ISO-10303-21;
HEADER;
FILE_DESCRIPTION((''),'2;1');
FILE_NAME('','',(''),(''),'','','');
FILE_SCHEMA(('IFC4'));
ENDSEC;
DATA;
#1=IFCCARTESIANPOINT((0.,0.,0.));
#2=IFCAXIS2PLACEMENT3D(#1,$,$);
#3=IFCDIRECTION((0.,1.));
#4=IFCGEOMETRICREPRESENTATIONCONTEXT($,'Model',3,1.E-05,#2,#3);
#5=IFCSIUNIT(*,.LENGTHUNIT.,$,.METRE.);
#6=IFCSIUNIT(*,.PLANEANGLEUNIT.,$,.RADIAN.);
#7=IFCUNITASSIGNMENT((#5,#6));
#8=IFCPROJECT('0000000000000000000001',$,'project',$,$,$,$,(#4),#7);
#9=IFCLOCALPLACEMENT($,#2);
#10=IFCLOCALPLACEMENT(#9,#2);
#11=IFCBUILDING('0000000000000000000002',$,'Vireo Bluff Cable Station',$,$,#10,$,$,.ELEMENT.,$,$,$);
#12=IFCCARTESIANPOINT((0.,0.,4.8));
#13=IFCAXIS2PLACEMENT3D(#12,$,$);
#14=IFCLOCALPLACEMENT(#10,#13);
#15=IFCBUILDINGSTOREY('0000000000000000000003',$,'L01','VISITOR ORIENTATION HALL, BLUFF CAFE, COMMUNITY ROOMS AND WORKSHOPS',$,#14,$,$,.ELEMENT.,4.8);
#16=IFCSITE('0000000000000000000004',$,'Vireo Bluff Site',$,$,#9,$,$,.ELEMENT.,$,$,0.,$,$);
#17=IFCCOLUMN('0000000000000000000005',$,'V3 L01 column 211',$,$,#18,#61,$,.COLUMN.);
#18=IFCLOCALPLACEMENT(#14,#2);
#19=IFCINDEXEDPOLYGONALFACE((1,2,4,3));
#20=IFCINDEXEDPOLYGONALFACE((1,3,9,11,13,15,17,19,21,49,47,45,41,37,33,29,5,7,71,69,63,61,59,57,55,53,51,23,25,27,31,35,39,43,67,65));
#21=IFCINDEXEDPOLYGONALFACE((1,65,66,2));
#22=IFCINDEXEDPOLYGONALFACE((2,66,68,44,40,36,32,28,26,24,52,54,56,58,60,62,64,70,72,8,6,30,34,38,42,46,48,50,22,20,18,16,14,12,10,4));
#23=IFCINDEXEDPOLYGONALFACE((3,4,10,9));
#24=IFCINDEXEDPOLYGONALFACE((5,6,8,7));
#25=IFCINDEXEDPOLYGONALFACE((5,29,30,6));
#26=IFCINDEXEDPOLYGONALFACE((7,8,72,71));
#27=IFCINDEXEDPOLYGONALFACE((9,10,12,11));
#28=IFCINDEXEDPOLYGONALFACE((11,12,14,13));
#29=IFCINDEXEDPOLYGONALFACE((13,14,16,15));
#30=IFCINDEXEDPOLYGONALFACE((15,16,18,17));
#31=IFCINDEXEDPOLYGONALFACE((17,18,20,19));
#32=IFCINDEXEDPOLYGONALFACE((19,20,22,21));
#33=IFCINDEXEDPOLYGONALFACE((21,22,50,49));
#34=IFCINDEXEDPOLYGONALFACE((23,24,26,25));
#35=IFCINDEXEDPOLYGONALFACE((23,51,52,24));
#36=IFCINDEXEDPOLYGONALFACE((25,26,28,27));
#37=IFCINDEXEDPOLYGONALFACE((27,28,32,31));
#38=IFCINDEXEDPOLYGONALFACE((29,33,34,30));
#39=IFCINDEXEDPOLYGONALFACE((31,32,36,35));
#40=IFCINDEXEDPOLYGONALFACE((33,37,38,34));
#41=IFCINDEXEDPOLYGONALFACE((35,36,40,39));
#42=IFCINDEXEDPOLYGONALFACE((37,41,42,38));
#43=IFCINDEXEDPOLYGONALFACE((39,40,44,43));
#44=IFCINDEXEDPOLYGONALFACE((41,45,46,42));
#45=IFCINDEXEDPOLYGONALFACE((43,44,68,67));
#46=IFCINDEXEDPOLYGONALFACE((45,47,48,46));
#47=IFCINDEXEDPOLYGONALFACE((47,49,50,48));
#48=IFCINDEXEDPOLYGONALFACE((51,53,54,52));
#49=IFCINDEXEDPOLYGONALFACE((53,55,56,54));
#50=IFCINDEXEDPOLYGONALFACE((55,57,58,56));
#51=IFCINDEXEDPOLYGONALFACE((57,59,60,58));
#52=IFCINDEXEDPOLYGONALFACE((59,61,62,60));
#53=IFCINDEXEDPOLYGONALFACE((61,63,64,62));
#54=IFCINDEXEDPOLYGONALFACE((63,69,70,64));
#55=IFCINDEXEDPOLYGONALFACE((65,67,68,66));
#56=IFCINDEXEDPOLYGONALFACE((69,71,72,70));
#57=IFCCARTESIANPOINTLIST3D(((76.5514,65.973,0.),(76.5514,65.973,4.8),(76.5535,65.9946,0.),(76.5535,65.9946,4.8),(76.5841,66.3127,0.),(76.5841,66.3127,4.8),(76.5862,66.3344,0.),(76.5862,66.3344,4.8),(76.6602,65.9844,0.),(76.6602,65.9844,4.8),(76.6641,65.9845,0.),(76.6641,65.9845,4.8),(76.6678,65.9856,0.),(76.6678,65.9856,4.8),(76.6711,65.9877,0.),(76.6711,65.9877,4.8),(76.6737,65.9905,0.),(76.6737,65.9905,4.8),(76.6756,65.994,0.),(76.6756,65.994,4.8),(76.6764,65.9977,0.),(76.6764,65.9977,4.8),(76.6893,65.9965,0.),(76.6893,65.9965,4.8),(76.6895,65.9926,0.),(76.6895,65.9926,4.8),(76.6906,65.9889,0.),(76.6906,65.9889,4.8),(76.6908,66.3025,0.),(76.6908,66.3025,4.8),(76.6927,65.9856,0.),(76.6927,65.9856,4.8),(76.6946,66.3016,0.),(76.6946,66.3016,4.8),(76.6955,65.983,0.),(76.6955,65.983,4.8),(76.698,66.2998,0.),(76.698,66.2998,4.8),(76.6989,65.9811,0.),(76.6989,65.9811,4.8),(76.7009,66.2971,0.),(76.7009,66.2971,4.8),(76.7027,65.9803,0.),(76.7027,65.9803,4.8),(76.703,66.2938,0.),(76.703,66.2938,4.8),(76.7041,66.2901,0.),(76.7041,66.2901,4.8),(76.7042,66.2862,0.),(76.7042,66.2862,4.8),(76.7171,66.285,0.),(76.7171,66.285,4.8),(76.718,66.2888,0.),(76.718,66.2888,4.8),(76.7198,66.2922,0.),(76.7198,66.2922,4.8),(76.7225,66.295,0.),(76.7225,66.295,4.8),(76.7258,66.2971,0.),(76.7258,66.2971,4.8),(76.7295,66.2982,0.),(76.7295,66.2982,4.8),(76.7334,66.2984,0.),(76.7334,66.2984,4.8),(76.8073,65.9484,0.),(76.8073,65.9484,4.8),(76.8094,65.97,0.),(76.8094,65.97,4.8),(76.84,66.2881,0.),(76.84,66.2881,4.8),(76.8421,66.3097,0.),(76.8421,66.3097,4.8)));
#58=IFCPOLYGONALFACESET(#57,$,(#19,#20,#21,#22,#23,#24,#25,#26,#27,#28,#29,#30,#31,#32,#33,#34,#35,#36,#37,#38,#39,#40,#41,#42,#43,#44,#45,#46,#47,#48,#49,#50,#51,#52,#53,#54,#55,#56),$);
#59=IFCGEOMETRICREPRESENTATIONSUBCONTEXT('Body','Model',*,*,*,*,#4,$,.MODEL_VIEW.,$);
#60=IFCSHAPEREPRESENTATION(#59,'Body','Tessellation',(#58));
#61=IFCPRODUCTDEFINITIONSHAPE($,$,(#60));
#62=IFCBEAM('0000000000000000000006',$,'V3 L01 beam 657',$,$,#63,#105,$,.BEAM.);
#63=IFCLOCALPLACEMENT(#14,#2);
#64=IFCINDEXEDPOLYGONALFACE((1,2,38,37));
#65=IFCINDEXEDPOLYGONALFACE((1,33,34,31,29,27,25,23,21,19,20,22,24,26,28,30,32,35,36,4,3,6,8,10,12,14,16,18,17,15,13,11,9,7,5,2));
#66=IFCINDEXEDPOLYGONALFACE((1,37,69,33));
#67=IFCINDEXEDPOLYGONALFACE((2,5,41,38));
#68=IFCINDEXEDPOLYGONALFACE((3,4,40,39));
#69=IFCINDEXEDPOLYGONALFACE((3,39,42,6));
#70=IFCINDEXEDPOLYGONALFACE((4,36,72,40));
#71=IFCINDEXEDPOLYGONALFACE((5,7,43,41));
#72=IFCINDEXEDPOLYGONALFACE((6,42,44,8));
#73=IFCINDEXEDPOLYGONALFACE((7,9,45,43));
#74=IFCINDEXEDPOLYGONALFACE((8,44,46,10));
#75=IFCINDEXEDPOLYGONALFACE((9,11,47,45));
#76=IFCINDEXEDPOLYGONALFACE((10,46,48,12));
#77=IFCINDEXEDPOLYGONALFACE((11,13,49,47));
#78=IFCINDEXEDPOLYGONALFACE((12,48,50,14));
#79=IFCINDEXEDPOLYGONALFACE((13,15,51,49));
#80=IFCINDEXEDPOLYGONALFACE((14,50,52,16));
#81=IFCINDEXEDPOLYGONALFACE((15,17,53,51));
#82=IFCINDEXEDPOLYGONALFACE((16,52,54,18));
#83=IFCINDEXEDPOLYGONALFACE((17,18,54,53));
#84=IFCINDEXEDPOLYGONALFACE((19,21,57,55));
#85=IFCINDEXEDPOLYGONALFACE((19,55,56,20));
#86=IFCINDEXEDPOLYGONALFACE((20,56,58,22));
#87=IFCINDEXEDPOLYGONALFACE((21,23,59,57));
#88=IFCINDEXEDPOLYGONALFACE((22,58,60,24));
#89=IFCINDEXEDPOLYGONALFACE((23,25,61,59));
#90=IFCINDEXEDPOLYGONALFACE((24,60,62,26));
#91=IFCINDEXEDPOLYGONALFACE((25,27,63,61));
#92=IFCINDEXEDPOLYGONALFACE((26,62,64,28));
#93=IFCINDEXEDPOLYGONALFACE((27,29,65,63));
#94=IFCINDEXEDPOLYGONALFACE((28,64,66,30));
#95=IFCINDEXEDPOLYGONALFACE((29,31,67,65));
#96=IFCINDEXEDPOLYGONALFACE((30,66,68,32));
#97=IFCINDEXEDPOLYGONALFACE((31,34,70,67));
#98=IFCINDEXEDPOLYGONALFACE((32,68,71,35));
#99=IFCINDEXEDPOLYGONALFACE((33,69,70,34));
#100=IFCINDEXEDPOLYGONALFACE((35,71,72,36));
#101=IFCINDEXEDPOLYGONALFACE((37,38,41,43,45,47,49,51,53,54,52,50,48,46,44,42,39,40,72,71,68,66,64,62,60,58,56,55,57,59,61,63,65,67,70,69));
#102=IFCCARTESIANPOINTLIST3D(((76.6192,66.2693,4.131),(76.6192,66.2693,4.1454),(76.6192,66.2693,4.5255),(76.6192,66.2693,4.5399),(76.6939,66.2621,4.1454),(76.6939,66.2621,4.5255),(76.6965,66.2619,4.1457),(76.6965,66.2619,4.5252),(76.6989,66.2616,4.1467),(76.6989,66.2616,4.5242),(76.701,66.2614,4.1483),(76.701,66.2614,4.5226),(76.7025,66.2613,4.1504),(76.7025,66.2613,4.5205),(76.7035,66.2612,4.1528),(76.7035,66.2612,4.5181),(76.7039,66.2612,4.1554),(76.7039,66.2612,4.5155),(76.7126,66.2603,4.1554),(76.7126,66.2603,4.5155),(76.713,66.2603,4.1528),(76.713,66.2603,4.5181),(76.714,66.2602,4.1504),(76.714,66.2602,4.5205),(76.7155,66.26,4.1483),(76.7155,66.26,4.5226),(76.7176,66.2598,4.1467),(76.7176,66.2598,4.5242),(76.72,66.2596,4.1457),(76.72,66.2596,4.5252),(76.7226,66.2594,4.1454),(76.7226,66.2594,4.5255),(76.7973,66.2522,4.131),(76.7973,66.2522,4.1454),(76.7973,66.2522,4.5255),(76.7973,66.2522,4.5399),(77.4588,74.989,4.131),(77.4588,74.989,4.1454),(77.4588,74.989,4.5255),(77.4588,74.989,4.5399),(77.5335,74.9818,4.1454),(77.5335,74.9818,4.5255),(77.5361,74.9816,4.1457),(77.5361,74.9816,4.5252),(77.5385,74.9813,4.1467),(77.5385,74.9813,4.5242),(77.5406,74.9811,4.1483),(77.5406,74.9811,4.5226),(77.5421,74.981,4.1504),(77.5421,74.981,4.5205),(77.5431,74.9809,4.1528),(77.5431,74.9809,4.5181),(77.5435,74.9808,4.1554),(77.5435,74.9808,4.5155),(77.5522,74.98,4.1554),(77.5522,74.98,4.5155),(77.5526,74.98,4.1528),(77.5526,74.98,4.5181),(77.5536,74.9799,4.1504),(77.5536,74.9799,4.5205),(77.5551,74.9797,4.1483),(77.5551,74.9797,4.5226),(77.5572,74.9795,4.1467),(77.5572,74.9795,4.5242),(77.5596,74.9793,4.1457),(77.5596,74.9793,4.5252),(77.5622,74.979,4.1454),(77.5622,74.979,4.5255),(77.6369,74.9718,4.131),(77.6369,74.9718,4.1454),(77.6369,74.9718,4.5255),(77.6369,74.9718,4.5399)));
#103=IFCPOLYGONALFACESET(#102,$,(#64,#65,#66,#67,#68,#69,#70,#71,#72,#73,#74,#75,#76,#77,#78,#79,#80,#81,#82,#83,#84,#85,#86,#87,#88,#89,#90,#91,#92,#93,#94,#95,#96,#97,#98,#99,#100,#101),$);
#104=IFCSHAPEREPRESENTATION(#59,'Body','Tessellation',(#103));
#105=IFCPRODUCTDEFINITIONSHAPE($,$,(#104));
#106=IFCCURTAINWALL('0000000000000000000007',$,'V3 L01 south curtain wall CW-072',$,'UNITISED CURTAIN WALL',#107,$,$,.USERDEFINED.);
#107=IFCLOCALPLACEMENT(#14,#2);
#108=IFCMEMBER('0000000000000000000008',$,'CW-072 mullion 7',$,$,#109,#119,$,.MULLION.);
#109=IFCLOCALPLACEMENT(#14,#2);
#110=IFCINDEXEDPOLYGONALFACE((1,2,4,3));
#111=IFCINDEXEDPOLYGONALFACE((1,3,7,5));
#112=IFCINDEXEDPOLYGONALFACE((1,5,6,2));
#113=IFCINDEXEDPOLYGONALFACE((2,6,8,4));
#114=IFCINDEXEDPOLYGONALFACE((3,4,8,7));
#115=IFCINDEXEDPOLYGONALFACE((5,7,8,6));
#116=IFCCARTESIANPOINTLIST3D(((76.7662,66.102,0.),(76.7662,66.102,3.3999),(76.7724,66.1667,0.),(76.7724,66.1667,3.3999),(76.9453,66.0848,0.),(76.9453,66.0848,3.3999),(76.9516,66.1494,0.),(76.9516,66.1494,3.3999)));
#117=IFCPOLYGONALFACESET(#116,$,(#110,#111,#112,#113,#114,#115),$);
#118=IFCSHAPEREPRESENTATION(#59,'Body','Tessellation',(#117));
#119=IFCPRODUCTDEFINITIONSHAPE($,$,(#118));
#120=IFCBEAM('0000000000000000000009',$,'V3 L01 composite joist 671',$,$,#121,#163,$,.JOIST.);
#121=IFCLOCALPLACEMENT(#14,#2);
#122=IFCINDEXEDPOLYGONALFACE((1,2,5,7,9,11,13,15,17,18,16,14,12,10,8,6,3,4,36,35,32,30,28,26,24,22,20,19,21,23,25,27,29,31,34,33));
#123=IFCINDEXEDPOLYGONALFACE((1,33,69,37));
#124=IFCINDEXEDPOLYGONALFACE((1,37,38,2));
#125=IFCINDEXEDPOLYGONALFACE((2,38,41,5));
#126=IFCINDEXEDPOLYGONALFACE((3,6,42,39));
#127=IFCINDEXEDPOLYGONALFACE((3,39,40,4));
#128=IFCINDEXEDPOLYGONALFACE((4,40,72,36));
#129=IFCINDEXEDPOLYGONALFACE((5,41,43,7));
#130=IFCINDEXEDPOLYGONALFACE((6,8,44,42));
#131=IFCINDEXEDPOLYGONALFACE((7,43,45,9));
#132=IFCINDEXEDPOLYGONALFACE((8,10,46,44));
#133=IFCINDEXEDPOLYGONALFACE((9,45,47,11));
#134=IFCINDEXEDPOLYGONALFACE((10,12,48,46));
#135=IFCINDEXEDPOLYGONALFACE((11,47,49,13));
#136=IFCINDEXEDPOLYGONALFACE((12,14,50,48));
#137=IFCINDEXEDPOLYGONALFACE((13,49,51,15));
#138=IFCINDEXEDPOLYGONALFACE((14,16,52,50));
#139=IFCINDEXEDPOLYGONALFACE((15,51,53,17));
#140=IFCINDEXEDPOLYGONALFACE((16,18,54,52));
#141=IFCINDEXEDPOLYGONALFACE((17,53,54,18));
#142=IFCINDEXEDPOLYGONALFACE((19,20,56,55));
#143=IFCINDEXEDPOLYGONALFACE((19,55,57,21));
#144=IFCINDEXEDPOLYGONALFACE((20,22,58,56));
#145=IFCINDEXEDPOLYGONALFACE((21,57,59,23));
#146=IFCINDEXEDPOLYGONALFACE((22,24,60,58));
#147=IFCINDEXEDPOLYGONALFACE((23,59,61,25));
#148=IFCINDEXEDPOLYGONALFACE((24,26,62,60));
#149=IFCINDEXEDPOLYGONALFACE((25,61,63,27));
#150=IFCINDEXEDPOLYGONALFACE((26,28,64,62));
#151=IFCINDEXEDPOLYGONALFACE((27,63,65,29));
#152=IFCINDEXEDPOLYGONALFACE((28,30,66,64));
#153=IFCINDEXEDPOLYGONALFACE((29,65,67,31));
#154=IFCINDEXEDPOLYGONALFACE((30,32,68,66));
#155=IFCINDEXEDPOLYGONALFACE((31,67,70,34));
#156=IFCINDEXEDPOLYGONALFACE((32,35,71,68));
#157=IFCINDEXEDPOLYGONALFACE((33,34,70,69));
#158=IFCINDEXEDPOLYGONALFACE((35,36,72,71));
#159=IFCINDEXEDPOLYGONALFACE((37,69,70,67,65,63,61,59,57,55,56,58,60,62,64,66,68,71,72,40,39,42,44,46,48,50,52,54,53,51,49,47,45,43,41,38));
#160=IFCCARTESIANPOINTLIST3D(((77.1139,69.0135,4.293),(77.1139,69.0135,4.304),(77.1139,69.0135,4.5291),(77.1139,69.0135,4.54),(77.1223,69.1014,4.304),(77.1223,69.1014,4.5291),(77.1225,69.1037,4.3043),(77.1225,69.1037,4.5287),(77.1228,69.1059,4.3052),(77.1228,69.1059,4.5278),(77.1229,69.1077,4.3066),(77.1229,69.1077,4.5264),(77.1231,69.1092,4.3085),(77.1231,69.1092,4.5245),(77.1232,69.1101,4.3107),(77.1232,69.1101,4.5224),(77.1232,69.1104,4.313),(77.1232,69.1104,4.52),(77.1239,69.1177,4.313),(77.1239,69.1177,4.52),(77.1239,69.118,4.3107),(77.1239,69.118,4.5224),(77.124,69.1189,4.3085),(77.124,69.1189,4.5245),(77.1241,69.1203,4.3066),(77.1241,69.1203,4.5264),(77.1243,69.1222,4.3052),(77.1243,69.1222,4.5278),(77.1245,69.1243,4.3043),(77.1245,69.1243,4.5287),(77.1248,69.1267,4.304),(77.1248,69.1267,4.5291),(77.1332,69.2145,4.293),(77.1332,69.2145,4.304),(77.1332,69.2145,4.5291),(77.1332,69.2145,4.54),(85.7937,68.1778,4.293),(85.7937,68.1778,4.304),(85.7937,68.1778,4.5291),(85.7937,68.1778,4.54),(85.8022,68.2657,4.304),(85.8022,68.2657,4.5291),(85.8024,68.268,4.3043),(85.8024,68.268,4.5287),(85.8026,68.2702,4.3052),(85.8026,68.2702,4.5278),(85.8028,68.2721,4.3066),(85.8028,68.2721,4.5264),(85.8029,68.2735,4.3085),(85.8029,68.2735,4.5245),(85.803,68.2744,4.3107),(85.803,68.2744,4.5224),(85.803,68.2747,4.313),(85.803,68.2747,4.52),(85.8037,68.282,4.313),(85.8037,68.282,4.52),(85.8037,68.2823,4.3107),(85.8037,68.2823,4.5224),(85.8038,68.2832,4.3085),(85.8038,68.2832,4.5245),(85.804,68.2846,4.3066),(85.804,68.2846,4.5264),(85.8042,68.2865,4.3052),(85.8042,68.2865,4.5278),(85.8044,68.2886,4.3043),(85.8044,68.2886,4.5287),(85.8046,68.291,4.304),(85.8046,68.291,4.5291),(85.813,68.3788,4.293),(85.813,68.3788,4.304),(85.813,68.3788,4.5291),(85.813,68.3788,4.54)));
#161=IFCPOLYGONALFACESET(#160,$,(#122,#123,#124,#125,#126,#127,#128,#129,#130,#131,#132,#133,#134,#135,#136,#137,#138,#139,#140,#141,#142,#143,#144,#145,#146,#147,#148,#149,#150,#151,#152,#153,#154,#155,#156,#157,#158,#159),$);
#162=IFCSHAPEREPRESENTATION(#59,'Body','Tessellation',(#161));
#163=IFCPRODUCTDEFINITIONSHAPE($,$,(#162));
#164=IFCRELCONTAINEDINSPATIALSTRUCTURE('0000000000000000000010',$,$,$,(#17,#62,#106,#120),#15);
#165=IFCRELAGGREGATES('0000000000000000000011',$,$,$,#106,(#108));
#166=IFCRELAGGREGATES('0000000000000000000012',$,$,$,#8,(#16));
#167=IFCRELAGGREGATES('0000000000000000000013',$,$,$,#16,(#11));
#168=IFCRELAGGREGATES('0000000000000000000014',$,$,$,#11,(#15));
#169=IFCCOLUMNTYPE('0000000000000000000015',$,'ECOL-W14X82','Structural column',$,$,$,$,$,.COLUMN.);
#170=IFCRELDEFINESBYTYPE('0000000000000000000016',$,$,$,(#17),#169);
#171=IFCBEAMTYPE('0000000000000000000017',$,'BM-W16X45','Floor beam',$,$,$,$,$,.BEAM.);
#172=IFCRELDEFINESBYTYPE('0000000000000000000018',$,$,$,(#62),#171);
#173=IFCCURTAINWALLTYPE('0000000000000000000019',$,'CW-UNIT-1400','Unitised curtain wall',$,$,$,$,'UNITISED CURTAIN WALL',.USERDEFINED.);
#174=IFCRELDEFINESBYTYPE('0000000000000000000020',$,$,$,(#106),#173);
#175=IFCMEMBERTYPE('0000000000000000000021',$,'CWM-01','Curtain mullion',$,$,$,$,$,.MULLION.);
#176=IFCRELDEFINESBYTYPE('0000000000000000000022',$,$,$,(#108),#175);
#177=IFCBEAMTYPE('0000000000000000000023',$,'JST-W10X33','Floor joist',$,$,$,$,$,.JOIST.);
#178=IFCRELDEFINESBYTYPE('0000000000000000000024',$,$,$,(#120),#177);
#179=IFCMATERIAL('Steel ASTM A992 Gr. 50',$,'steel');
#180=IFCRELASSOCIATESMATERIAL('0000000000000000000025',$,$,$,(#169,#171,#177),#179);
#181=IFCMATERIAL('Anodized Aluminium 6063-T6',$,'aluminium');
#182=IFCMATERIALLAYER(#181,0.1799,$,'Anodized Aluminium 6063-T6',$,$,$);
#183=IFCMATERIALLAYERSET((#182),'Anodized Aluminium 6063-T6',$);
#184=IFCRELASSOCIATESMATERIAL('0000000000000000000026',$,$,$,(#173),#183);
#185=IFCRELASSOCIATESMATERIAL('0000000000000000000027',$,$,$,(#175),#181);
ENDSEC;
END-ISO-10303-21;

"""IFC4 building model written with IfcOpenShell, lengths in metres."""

from ifc_helpers import new_model, si_unit, direction, frame, origin, origin_2d, place, context, subcontext, project, spatial, rectangle, i_section, extrude, material, layer, layer_set, material_profile, profile_set, type_object, element, aggregate, save


model = new_model("IFC4")

# Units and contexts
model_context = context("Model", 3, precision=1e-05, world=origin(), true_north=direction((0.0, 1.0)))
body_context = subcontext(model_context, "Body", "Model", "MODEL_VIEW")
ifc_project = project(units=[si_unit("LENGTHUNIT", "METRE"), si_unit("PLANEANGLEUNIT", "RADIAN")], contexts=[model_context])

# Site, building, storey
site_placement = place(None, origin())
site = spatial("IfcSite", under=ifc_project, at=site_placement, Name="Vireo Bluff Site", CompositionType="ELEMENT", RefElevation=0.0)
building_placement = place(site_placement, origin())
building = spatial("IfcBuilding", under=site, at=building_placement, Name="Vireo Bluff Cable Station", CompositionType="ELEMENT")
storey_placement = place(building_placement, frame((0.0, 0.0, 4.8)))
storey = spatial("IfcBuildingStorey", under=building, at=storey_placement, Name="L01", Description="VISITOR ORIENTATION HALL, BLUFF CAFE, COMMUNITY ROOMS AND WORKSHOPS", CompositionType="ELEMENT", Elevation=4.8)

# Column
ifc_material_1 = material(Name="Steel ASTM A992 Gr. 50", Category="steel")
ifc_material_profile_1 = material_profile(ifc_material_1, i_section(OverallWidth=0.2571, OverallDepth=0.363, WebThickness=0.0129, FlangeThickness=0.0217, FilletRadius=0.0149, at=origin_2d()), Name="W14X82")
ifc_profile_set_1 = profile_set([ifc_material_profile_1], Name="Steel ASTM A992 Gr. 50")
column_type = type_object("IfcColumnType", Name="ECOL-W14X82", Description="Structural column", PredefinedType="COLUMN", material=ifc_profile_set_1)
column_placement = place(storey_placement, frame((76.6968, 66.1414, 0.0), z_axis=(0.0, 0.0, 1.0), x_axis=(0.995396, -0.095846, 0.0)))
element("IfcColumn", 1, at=column_placement, inside=storey, type_object=column_type, Name="V3 L01 column 211", PredefinedType="COLUMN", context=body_context, shape_type="SweptSolid", body=[
    extrude(i_section(OverallWidth=0.2571, OverallDepth=0.363, WebThickness=0.0129, FlangeThickness=0.0217, FilletRadius=0.0149, at=origin_2d()), origin(), (0.0, 0.0, 1.0), 4.8),
])

# Beam
ifc_material_profile_2 = material_profile(ifc_material_1, i_section(OverallWidth=0.179, OverallDepth=0.4089, WebThickness=0.0088, FlangeThickness=0.0144, FilletRadius=0.01, at=origin_2d()), Name="W16X45")
ifc_profile_set_2 = profile_set([ifc_material_profile_2], Name="Steel ASTM A992 Gr. 50")
beam_type_1 = type_object("IfcBeamType", Name="BM-W16X45", Description="Floor beam", PredefinedType="BEAM", material=ifc_profile_set_2)
beam_1_placement = place(storey_placement, frame((76.7083, 66.2607, 4.3354), z_axis=(0.095844, 0.995396, 0.0), x_axis=(-0.995396, 0.095844, 0.0)))
element("IfcBeam", 2, at=beam_1_placement, inside=storey, type_object=beam_type_1, Name="V3 L01 beam 657", PredefinedType="BEAM", context=body_context, shape_type="SweptSolid", body=[
    extrude(i_section(OverallWidth=0.179, OverallDepth=0.4089, WebThickness=0.0088, FlangeThickness=0.0144, FilletRadius=0.01, at=origin_2d()), origin(), (0.0, 0.0, 1.0), 8.76),
])

# Curtain wall, member
ifc_material_2 = material(Name="Anodized Aluminium 6063-T6", Category="aluminium")
ifc_layer_1 = layer(ifc_material_2, 0.1799, Name="Anodized Aluminium 6063-T6")
ifc_layer_set_1 = layer_set([ifc_layer_1], Name="Anodized Aluminium 6063-T6")
curtain_wall_type = type_object("IfcCurtainWallType", Name="CW-UNIT-1400", Description="Unitised curtain wall", ElementType="UNITISED CURTAIN WALL", PredefinedType="USERDEFINED", material=ifc_layer_set_1)
curtain_wall_placement = place(storey_placement, origin())
curtain_wall = element("IfcCurtainWall", 3, at=curtain_wall_placement, inside=storey, type_object=curtain_wall_type, Name="V3 L01 south curtain wall CW-072", ObjectType="UNITISED CURTAIN WALL", PredefinedType="USERDEFINED")
ifc_material_profile_3 = material_profile(ifc_material_2, rectangle(XDim=0.0649, YDim=0.1799, at=origin_2d()), Name="ALU-M-65X180")
ifc_profile_set_3 = profile_set([ifc_material_profile_3], Name="Anodized Aluminium 6063-T6")
member_type = type_object("IfcMemberType", Name="CWM-01", Description="Curtain mullion", PredefinedType="MULLION", material=ifc_profile_set_3)
member_placement = place(storey_placement, frame((76.8589, 66.1257, 0.0), z_axis=(0.0, 0.0, 1.0), x_axis=(-0.095846, -0.995396, 0.0)))
member = element("IfcMember", 4, at=member_placement, type_object=member_type, Name="CW-072 mullion 7", PredefinedType="MULLION", context=body_context, shape_type="SweptSolid", body=[
    extrude(rectangle(XDim=0.0649, YDim=0.1799, at=origin_2d()), origin(), (0.0, 0.0, 1.0), 3.3999),
])
aggregate(curtain_wall, [member])

# Beam
ifc_material_profile_4 = material_profile(ifc_material_1, i_section(OverallWidth=0.2019, OverallDepth=0.2471, WebThickness=0.0073, FlangeThickness=0.011, FilletRadius=0.009, at=origin_2d()), Name="W10X33")
ifc_profile_set_4 = profile_set([ifc_material_profile_4], Name="Steel ASTM A992 Gr. 50")
beam_type_2 = type_object("IfcBeamType", Name="JST-W10X33", Description="Floor joist", PredefinedType="JOIST", material=ifc_profile_set_4)
beam_2_placement = place(storey_placement, frame((77.1235, 69.114, 4.4165), z_axis=(0.995397, -0.095836, 0.0), x_axis=(0.095836, 0.995397, 0.0)))
element("IfcBeam", 5, at=beam_2_placement, inside=storey, type_object=beam_type_2, Name="V3 L01 composite joist 671", PredefinedType="JOIST", context=body_context, shape_type="SweptSolid", body=[
    extrude(i_section(OverallWidth=0.2019, OverallDepth=0.2471, WebThickness=0.0073, FlangeThickness=0.011, FilletRadius=0.009, at=origin_2d()), origin(), (0.0, 0.0, 1.0), 8.72),
])

save(model, "model.ifc")
